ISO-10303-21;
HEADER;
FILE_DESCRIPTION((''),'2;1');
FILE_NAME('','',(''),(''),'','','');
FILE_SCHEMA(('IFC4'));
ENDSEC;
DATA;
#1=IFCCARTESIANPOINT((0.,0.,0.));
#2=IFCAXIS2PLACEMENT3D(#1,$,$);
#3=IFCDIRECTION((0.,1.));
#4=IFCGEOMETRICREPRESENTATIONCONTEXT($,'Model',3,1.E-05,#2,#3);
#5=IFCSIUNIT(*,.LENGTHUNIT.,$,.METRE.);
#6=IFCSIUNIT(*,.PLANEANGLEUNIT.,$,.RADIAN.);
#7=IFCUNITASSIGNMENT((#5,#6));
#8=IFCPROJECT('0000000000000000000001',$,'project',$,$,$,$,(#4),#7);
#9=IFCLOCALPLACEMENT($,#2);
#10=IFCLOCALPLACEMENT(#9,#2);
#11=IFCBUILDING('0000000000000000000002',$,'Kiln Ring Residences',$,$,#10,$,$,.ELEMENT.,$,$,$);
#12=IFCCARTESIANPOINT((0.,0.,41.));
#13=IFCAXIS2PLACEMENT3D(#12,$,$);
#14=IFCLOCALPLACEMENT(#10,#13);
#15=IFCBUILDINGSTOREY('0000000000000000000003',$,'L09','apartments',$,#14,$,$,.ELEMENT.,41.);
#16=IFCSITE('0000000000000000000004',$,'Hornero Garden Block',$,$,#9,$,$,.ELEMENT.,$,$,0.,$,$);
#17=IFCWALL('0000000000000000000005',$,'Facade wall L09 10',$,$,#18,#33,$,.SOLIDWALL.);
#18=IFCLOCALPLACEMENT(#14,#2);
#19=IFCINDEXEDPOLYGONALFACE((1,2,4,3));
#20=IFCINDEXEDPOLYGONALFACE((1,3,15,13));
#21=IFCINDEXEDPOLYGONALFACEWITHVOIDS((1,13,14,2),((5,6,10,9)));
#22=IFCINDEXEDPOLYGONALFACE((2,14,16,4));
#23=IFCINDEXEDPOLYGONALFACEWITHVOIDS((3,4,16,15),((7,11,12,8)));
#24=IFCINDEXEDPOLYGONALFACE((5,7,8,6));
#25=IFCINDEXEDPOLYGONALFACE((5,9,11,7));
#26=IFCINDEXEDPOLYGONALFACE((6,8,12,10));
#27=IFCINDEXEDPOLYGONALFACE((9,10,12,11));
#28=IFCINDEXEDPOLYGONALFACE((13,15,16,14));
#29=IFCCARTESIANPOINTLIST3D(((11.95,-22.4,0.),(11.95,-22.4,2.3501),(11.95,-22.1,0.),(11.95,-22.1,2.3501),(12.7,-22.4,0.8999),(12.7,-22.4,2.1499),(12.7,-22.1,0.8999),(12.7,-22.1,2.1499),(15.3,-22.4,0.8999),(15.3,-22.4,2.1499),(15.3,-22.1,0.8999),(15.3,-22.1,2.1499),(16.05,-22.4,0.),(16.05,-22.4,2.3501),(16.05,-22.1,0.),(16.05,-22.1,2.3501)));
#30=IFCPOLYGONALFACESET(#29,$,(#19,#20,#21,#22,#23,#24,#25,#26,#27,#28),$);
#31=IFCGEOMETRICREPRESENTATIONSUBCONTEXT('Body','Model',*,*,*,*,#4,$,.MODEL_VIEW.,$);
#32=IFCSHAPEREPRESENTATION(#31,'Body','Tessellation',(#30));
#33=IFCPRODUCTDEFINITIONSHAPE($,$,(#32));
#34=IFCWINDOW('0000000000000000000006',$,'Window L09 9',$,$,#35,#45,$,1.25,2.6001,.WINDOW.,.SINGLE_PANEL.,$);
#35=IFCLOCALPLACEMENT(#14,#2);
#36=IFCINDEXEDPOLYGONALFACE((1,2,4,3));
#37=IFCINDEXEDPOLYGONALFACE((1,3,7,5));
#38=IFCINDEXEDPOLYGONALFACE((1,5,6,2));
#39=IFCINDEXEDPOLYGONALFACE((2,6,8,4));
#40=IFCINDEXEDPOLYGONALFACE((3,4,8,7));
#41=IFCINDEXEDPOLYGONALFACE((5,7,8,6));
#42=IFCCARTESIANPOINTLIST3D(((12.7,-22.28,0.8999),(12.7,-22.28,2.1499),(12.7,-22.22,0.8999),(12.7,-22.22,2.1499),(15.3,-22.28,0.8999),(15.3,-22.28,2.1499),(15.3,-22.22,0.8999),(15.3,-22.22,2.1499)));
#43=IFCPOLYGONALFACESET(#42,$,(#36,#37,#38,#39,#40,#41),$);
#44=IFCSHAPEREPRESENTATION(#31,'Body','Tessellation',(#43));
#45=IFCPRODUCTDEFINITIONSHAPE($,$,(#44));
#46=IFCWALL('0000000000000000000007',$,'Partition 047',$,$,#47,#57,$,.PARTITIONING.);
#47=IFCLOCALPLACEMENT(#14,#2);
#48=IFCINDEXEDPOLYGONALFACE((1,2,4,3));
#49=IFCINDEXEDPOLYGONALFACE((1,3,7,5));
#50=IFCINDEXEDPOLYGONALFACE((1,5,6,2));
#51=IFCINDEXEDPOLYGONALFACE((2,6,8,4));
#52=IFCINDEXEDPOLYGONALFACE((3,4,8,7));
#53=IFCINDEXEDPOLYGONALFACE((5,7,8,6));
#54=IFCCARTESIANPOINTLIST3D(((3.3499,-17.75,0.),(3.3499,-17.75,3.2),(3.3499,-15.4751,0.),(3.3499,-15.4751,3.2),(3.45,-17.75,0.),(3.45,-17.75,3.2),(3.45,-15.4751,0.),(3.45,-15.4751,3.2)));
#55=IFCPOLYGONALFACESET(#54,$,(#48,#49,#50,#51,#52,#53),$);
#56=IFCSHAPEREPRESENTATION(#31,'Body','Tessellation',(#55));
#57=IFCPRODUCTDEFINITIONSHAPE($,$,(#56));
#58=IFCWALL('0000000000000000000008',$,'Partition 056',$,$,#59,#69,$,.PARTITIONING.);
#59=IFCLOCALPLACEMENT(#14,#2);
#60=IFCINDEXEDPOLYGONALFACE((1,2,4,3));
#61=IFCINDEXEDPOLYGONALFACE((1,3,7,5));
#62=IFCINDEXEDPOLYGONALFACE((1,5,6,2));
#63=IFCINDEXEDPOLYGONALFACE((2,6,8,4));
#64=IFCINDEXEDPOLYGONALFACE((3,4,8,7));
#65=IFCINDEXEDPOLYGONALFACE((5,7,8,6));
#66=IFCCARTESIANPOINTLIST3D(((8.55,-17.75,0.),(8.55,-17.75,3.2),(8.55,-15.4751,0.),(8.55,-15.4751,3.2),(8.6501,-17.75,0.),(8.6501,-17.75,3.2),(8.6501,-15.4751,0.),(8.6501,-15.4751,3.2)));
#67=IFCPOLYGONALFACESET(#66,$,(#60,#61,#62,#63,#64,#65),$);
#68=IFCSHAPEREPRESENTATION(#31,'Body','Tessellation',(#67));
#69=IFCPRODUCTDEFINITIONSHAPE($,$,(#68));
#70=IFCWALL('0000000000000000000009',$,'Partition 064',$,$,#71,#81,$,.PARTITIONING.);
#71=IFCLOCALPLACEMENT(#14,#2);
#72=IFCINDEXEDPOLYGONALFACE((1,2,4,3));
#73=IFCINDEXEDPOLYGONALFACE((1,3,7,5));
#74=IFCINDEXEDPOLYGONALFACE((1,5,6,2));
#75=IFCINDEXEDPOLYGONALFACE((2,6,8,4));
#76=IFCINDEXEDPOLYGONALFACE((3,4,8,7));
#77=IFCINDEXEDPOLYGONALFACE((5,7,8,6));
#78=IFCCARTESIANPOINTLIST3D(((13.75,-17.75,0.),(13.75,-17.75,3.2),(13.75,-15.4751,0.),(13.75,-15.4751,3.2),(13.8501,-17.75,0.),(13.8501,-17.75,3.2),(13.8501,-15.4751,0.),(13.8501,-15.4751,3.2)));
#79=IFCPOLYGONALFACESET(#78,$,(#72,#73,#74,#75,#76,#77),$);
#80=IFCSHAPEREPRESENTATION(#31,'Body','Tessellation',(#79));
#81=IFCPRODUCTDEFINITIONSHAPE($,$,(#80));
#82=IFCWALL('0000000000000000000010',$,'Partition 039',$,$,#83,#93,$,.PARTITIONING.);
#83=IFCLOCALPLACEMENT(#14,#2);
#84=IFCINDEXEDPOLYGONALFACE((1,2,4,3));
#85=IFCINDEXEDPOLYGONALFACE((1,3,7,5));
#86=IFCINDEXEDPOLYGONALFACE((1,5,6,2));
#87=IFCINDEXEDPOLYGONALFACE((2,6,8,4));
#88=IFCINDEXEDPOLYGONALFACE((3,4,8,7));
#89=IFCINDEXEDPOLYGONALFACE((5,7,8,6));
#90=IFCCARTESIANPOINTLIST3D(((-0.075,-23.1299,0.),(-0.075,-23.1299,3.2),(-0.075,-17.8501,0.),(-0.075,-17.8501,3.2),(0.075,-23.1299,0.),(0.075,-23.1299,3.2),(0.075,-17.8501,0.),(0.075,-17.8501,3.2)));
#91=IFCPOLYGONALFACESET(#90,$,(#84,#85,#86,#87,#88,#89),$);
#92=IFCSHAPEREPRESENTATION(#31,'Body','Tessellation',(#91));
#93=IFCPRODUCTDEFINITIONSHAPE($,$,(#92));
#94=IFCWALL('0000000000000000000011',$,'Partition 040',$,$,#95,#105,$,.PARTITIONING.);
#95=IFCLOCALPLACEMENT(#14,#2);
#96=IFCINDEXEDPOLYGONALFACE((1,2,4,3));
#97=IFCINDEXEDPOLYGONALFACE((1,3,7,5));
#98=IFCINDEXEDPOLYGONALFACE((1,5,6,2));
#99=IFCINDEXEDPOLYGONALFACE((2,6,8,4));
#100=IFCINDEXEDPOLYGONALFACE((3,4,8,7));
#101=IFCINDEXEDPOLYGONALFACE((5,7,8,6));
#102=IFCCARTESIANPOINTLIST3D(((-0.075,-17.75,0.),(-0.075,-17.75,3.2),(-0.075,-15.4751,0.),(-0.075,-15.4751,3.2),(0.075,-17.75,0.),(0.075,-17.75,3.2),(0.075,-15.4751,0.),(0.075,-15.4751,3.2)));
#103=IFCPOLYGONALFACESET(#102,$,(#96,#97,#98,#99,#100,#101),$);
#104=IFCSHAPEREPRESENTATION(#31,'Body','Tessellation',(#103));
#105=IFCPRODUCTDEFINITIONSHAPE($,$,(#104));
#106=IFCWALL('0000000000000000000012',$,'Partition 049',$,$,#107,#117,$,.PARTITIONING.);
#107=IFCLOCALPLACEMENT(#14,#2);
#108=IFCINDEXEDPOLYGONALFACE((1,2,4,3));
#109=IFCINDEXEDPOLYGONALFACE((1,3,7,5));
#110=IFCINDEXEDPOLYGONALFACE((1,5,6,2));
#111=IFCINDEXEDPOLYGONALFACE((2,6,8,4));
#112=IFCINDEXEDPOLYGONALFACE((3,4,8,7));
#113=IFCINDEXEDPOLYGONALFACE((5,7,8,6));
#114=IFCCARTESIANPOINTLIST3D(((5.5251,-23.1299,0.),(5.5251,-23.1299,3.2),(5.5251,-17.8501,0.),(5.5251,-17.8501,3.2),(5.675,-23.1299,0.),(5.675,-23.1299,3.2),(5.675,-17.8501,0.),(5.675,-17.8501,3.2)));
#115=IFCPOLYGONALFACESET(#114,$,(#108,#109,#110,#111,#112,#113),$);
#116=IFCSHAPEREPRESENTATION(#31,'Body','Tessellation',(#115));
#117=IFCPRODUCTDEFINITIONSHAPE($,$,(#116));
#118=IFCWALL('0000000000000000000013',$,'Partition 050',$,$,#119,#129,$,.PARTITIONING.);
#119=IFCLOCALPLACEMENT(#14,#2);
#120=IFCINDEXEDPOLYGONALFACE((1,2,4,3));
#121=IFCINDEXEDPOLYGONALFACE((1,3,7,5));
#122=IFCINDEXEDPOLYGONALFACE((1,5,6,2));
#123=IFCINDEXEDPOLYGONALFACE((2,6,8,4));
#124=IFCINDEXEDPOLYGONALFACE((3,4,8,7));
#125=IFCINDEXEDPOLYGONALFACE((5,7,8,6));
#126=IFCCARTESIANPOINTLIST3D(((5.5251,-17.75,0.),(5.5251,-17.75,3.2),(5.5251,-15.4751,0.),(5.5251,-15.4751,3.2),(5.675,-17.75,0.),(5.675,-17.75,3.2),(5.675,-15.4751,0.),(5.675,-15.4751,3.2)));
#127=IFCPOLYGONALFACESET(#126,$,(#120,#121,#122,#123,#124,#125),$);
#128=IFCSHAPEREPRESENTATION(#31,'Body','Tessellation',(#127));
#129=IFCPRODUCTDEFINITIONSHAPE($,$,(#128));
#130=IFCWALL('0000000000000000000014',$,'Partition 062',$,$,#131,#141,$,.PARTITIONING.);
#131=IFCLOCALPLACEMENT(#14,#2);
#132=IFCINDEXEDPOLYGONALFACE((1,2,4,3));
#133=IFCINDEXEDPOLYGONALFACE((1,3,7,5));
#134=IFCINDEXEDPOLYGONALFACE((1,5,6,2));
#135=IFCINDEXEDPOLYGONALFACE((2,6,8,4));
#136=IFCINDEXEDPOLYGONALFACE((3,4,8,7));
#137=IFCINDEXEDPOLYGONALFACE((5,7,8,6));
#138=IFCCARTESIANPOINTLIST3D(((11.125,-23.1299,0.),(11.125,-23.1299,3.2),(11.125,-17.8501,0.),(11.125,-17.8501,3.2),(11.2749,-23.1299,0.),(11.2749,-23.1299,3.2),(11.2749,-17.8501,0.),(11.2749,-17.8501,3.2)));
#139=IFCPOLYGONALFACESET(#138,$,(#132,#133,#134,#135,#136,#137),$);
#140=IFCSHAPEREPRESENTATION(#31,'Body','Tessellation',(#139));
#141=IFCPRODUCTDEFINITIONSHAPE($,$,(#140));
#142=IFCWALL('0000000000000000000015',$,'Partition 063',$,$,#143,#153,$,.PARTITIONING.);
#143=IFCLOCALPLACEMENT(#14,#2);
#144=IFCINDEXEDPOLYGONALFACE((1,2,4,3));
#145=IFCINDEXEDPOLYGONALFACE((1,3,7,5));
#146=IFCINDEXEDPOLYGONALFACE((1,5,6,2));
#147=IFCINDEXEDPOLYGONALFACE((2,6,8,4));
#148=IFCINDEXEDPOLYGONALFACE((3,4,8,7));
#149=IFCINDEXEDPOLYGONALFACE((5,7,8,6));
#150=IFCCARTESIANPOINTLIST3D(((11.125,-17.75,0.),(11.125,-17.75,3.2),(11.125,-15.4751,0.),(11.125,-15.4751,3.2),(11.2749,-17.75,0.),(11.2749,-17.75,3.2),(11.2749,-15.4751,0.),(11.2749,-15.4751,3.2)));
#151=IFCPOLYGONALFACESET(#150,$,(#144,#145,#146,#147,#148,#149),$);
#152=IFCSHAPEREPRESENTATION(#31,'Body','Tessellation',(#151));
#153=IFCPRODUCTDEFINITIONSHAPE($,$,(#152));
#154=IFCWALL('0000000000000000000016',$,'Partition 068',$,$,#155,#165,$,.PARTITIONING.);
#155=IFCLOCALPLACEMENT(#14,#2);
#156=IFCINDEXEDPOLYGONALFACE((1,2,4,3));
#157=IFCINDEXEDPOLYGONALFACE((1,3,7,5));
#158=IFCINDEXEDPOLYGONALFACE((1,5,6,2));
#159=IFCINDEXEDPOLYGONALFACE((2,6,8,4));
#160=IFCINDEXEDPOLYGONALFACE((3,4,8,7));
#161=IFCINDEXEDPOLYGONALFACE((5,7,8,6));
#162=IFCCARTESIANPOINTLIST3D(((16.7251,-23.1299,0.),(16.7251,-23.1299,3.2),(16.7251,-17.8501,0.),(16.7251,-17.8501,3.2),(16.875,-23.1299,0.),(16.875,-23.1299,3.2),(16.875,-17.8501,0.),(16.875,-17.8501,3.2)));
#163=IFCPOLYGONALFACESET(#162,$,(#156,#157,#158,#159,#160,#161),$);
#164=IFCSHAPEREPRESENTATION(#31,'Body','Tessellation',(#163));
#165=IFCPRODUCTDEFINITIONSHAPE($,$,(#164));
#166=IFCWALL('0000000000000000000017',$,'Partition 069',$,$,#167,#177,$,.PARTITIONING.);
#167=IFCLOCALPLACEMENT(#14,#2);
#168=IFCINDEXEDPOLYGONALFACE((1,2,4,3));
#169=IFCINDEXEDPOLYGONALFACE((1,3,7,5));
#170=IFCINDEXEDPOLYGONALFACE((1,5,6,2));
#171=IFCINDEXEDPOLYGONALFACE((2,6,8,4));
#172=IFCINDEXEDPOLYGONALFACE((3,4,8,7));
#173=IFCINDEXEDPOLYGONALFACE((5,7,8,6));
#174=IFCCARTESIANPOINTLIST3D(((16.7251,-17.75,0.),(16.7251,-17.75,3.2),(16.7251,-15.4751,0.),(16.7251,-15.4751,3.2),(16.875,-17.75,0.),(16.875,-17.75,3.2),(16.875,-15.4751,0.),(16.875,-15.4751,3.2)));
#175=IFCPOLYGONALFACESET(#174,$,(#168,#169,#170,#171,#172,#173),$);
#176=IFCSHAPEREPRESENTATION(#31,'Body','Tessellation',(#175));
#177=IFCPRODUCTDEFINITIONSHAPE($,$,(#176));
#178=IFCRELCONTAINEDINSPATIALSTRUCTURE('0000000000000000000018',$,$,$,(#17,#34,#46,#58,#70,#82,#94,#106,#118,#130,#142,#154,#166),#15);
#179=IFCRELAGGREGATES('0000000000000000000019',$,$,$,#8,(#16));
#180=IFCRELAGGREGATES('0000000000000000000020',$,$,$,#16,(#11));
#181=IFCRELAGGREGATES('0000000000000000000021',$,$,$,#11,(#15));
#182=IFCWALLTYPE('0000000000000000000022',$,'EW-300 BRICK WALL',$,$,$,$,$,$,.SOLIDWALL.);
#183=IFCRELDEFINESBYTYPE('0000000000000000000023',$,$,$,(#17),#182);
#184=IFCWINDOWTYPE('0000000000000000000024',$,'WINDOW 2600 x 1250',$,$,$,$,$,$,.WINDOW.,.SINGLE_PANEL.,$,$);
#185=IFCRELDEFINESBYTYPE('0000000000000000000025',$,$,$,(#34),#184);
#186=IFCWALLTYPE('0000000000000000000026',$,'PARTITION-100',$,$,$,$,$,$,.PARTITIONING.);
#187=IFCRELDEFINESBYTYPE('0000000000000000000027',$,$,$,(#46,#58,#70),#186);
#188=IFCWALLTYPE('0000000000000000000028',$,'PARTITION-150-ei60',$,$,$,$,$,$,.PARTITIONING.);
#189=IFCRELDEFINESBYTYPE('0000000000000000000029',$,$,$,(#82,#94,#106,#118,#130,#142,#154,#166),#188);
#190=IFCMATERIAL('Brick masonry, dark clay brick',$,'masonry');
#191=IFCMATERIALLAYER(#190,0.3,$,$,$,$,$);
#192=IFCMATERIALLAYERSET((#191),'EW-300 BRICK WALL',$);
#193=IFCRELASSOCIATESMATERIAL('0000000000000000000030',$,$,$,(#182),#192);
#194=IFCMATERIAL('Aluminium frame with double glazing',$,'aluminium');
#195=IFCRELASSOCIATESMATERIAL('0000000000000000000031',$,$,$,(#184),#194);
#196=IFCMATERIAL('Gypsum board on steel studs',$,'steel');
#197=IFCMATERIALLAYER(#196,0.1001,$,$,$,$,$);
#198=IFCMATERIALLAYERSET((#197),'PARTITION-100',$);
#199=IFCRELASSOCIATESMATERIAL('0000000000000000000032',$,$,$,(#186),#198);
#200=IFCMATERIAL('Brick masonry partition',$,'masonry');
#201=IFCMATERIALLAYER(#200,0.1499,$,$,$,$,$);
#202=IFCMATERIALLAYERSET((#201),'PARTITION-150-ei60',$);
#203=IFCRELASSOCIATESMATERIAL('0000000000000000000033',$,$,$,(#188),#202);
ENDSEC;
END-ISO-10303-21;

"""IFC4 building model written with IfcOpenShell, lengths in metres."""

from ifc_helpers import new_model, si_unit, direction, frame, frame_2d, origin, place, context, subcontext, project, spatial, rectangle, extrude, material, layer, layer_set, type_object, element, fill, save


model = new_model("IFC4")

# Units and contexts
model_context = context("Model", 3, precision=1e-05, world=origin(), true_north=direction((0.0, 1.0)))
body_context = subcontext(model_context, "Body", "Model", "MODEL_VIEW")
ifc_project = project(units=[si_unit("LENGTHUNIT", "METRE"), si_unit("PLANEANGLEUNIT", "RADIAN")], contexts=[model_context])

# Site, building, storey
site_placement = place(None, origin())
site = spatial("IfcSite", under=ifc_project, at=site_placement, Name="Hornero Garden Block", CompositionType="ELEMENT", RefElevation=0.0)
building_placement = place(site_placement, origin())
building = spatial("IfcBuilding", under=site, at=building_placement, Name="Kiln Ring Residences", CompositionType="ELEMENT")
storey_placement = place(building_placement, frame((0.0, 0.0, 41.0)))
storey = spatial("IfcBuildingStorey", under=building, at=storey_placement, Name="L09", Description="apartments", CompositionType="ELEMENT", Elevation=41.0)

# Wall, opening, window
ifc_material_1 = material(Name="Brick masonry, dark clay brick", Category="masonry")
ifc_layer_1 = layer(ifc_material_1, 0.3)
ifc_layer_set_1 = layer_set([ifc_layer_1], Name="EW-300 BRICK WALL")
wall_type_1 = type_object("IfcWallType", Name="EW-300 BRICK WALL", PredefinedType="SOLIDWALL", material=ifc_layer_set_1)
ifc_material_2 = material(Name="Aluminium frame with double glazing", Category="aluminium")
window_type_1 = type_object("IfcWindowType", Name="WINDOW 2600 x 1250", PartitioningType="SINGLE_PANEL", PredefinedType="WINDOW", material=ifc_material_2)
wall_1_placement = place(storey_placement, frame((11.95, -22.25, 0.0), z_axis=(0.0, 0.0, 1.0), x_axis=(1.0, 0.0, 0.0)))
wall_1 = element("IfcWall", 1, at=wall_1_placement, inside=storey, type_object=wall_type_1, Name="Facade wall L09 10", PredefinedType="SOLIDWALL", context=body_context, shape_type="SweptSolid", body=[
    extrude(rectangle(XDim=4.1001, YDim=0.3, at=frame_2d((2.05, 0.0))), origin(), (0.0, 0.0, 1.0), 2.3501),
])
opening_1_placement = place(wall_1_placement, frame((0.75, 0.0, 0.8999)))
opening_1 = element("IfcOpeningElement", 2, at=opening_1_placement, cuts=wall_1, PredefinedType="OPENING", context=body_context, shape_type="SweptSolid", body=[
    extrude(rectangle(XDim=2.6001, YDim=1.25, at=frame_2d((1.3, 0.625))), frame((0.0, 0.1599, 0.0), z_axis=(0.0, -1.0, 0.0), x_axis=(1.0, 0.0, 0.0)), (0.0, 0.0, 1.0), 0.3201),
])
window_1_placement = place(opening_1_placement, origin())
window_1 = element("IfcWindow", 3, at=window_1_placement, inside=storey, type_object=window_type_1, Name="Window L09 9", OverallHeight=1.25, OverallWidth=2.6001, PartitioningType="SINGLE_PANEL", PredefinedType="WINDOW", context=body_context, shape_type="SweptSolid", body=[
    extrude(rectangle(XDim=2.6001, YDim=1.25, at=frame_2d((1.3, 0.625))), frame((0.0, 0.03, 0.0), z_axis=(0.0, -1.0, 0.0), x_axis=(1.0, 0.0, 0.0)), (0.0, 0.0, 1.0), 0.0601),
])
fill(opening_1, window_1)

# Walls
ifc_material_3 = material(Name="Gypsum board on steel studs", Category="steel")
ifc_layer_2 = layer(ifc_material_3, 0.1001)
ifc_layer_set_2 = layer_set([ifc_layer_2], Name="PARTITION-100")
wall_type_2 = type_object("IfcWallType", Name="PARTITION-100", PredefinedType="PARTITIONING", material=ifc_layer_set_2)
for number, where, z_axis, x_axis, name in (
    (4, (3.3999, -17.75, 0.0), (0.0, 0.0, 1.0), (0.0, 1.0, 0.0), "Partition 047"),
    (5, (8.6001, -17.75, 0.0), (0.0, 0.0, 1.0), (0.0, 1.0, 0.0), "Partition 056"),
    (6, (13.8, -17.75, 0.0), (0.0, 0.0, 1.0), (0.0, 1.0, 0.0), "Partition 064"),
):
    element("IfcWall", number, at=place(storey_placement, frame(where, z_axis=z_axis, x_axis=x_axis)), inside=storey, type_object=wall_type_2, Name=name, PredefinedType="PARTITIONING", context=body_context, shape_type="SweptSolid", body=[
        extrude(rectangle(XDim=2.2749, YDim=0.1001, at=frame_2d((1.1375, 0.0))), origin(), (0.0, 0.0, 1.0), 3.2),
    ])
ifc_material_4 = material(Name="Brick masonry partition", Category="masonry")
ifc_layer_3 = layer(ifc_material_4, 0.1499)
ifc_layer_set_3 = layer_set([ifc_layer_3], Name="PARTITION-150-ei60")
wall_type_3 = type_object("IfcWallType", Name="PARTITION-150-ei60", PredefinedType="PARTITIONING", material=ifc_layer_set_3)
wall_2_placement = place(storey_placement, frame((0.0, -23.1299, 0.0), z_axis=(0.0, 0.0, 1.0), x_axis=(0.0, 1.0, 0.0)))
element("IfcWall", 7, at=wall_2_placement, inside=storey, type_object=wall_type_3, Name="Partition 039", PredefinedType="PARTITIONING", context=body_context, shape_type="SweptSolid", body=[
    extrude(rectangle(XDim=5.2798, YDim=0.1499, at=frame_2d((2.6399, 0.0))), origin(), (0.0, 0.0, 1.0), 3.2),
])
wall_3_placement = place(storey_placement, frame((0.0, -17.75, 0.0), z_axis=(0.0, 0.0, 1.0), x_axis=(0.0, 1.0, 0.0)))
element("IfcWall", 8, at=wall_3_placement, inside=storey, type_object=wall_type_3, Name="Partition 040", PredefinedType="PARTITIONING", context=body_context, shape_type="SweptSolid", body=[
    extrude(rectangle(XDim=2.2749, YDim=0.1499, at=frame_2d((1.1375, 0.0))), origin(), (0.0, 0.0, 1.0), 3.2),
])
wall_4_placement = place(storey_placement, frame((5.6001, -23.1299, 0.0), z_axis=(0.0, 0.0, 1.0), x_axis=(0.0, 1.0, 0.0)))
element("IfcWall", 9, at=wall_4_placement, inside=storey, type_object=wall_type_3, Name="Partition 049", PredefinedType="PARTITIONING", context=body_context, shape_type="SweptSolid", body=[
    extrude(rectangle(XDim=5.2798, YDim=0.1499, at=frame_2d((2.6399, 0.0))), origin(), (0.0, 0.0, 1.0), 3.2),
])
wall_5_placement = place(storey_placement, frame((5.6001, -17.75, 0.0), z_axis=(0.0, 0.0, 1.0), x_axis=(0.0, 1.0, 0.0)))
element("IfcWall", 10, at=wall_5_placement, inside=storey, type_object=wall_type_3, Name="Partition 050", PredefinedType="PARTITIONING", context=body_context, shape_type="SweptSolid", body=[
    extrude(rectangle(XDim=2.2749, YDim=0.1499, at=frame_2d((1.1375, 0.0))), origin(), (0.0, 0.0, 1.0), 3.2),
])
wall_6_placement = place(storey_placement, frame((11.2, -23.1299, 0.0), z_axis=(0.0, 0.0, 1.0), x_axis=(0.0, 1.0, 0.0)))
element("IfcWall", 11, at=wall_6_placement, inside=storey, type_object=wall_type_3, Name="Partition 062", PredefinedType="PARTITIONING", context=body_context, shape_type="SweptSolid", body=[
    extrude(rectangle(XDim=5.2798, YDim=0.1499, at=frame_2d((2.6399, 0.0))), origin(), (0.0, 0.0, 1.0), 3.2),
])
wall_7_placement = place(storey_placement, frame((11.2, -17.75, 0.0), z_axis=(0.0, 0.0, 1.0), x_axis=(0.0, 1.0, 0.0)))
element("IfcWall", 12, at=wall_7_placement, inside=storey, type_object=wall_type_3, Name="Partition 063", PredefinedType="PARTITIONING", context=body_context, shape_type="SweptSolid", body=[
    extrude(rectangle(XDim=2.2749, YDim=0.1499, at=frame_2d((1.1375, 0.0))), origin(), (0.0, 0.0, 1.0), 3.2),
])
wall_8_placement = place(storey_placement, frame((16.8, -23.1299, 0.0), z_axis=(0.0, 0.0, 1.0), x_axis=(0.0, 1.0, 0.0)))
element("IfcWall", 13, at=wall_8_placement, inside=storey, type_object=wall_type_3, Name="Partition 068", PredefinedType="PARTITIONING", context=body_context, shape_type="SweptSolid", body=[
    extrude(rectangle(XDim=5.2798, YDim=0.1499, at=frame_2d((2.6399, 0.0))), origin(), (0.0, 0.0, 1.0), 3.2),
])
wall_9_placement = place(storey_placement, frame((16.8, -17.75, 0.0), z_axis=(0.0, 0.0, 1.0), x_axis=(0.0, 1.0, 0.0)))
element("IfcWall", 14, at=wall_9_placement, inside=storey, type_object=wall_type_3, Name="Partition 069", PredefinedType="PARTITIONING", context=body_context, shape_type="SweptSolid", body=[
    extrude(rectangle(XDim=2.2749, YDim=0.1499, at=frame_2d((1.1375, 0.0))), origin(), (0.0, 0.0, 1.0), 3.2),
])

save(model, "model.ifc")
